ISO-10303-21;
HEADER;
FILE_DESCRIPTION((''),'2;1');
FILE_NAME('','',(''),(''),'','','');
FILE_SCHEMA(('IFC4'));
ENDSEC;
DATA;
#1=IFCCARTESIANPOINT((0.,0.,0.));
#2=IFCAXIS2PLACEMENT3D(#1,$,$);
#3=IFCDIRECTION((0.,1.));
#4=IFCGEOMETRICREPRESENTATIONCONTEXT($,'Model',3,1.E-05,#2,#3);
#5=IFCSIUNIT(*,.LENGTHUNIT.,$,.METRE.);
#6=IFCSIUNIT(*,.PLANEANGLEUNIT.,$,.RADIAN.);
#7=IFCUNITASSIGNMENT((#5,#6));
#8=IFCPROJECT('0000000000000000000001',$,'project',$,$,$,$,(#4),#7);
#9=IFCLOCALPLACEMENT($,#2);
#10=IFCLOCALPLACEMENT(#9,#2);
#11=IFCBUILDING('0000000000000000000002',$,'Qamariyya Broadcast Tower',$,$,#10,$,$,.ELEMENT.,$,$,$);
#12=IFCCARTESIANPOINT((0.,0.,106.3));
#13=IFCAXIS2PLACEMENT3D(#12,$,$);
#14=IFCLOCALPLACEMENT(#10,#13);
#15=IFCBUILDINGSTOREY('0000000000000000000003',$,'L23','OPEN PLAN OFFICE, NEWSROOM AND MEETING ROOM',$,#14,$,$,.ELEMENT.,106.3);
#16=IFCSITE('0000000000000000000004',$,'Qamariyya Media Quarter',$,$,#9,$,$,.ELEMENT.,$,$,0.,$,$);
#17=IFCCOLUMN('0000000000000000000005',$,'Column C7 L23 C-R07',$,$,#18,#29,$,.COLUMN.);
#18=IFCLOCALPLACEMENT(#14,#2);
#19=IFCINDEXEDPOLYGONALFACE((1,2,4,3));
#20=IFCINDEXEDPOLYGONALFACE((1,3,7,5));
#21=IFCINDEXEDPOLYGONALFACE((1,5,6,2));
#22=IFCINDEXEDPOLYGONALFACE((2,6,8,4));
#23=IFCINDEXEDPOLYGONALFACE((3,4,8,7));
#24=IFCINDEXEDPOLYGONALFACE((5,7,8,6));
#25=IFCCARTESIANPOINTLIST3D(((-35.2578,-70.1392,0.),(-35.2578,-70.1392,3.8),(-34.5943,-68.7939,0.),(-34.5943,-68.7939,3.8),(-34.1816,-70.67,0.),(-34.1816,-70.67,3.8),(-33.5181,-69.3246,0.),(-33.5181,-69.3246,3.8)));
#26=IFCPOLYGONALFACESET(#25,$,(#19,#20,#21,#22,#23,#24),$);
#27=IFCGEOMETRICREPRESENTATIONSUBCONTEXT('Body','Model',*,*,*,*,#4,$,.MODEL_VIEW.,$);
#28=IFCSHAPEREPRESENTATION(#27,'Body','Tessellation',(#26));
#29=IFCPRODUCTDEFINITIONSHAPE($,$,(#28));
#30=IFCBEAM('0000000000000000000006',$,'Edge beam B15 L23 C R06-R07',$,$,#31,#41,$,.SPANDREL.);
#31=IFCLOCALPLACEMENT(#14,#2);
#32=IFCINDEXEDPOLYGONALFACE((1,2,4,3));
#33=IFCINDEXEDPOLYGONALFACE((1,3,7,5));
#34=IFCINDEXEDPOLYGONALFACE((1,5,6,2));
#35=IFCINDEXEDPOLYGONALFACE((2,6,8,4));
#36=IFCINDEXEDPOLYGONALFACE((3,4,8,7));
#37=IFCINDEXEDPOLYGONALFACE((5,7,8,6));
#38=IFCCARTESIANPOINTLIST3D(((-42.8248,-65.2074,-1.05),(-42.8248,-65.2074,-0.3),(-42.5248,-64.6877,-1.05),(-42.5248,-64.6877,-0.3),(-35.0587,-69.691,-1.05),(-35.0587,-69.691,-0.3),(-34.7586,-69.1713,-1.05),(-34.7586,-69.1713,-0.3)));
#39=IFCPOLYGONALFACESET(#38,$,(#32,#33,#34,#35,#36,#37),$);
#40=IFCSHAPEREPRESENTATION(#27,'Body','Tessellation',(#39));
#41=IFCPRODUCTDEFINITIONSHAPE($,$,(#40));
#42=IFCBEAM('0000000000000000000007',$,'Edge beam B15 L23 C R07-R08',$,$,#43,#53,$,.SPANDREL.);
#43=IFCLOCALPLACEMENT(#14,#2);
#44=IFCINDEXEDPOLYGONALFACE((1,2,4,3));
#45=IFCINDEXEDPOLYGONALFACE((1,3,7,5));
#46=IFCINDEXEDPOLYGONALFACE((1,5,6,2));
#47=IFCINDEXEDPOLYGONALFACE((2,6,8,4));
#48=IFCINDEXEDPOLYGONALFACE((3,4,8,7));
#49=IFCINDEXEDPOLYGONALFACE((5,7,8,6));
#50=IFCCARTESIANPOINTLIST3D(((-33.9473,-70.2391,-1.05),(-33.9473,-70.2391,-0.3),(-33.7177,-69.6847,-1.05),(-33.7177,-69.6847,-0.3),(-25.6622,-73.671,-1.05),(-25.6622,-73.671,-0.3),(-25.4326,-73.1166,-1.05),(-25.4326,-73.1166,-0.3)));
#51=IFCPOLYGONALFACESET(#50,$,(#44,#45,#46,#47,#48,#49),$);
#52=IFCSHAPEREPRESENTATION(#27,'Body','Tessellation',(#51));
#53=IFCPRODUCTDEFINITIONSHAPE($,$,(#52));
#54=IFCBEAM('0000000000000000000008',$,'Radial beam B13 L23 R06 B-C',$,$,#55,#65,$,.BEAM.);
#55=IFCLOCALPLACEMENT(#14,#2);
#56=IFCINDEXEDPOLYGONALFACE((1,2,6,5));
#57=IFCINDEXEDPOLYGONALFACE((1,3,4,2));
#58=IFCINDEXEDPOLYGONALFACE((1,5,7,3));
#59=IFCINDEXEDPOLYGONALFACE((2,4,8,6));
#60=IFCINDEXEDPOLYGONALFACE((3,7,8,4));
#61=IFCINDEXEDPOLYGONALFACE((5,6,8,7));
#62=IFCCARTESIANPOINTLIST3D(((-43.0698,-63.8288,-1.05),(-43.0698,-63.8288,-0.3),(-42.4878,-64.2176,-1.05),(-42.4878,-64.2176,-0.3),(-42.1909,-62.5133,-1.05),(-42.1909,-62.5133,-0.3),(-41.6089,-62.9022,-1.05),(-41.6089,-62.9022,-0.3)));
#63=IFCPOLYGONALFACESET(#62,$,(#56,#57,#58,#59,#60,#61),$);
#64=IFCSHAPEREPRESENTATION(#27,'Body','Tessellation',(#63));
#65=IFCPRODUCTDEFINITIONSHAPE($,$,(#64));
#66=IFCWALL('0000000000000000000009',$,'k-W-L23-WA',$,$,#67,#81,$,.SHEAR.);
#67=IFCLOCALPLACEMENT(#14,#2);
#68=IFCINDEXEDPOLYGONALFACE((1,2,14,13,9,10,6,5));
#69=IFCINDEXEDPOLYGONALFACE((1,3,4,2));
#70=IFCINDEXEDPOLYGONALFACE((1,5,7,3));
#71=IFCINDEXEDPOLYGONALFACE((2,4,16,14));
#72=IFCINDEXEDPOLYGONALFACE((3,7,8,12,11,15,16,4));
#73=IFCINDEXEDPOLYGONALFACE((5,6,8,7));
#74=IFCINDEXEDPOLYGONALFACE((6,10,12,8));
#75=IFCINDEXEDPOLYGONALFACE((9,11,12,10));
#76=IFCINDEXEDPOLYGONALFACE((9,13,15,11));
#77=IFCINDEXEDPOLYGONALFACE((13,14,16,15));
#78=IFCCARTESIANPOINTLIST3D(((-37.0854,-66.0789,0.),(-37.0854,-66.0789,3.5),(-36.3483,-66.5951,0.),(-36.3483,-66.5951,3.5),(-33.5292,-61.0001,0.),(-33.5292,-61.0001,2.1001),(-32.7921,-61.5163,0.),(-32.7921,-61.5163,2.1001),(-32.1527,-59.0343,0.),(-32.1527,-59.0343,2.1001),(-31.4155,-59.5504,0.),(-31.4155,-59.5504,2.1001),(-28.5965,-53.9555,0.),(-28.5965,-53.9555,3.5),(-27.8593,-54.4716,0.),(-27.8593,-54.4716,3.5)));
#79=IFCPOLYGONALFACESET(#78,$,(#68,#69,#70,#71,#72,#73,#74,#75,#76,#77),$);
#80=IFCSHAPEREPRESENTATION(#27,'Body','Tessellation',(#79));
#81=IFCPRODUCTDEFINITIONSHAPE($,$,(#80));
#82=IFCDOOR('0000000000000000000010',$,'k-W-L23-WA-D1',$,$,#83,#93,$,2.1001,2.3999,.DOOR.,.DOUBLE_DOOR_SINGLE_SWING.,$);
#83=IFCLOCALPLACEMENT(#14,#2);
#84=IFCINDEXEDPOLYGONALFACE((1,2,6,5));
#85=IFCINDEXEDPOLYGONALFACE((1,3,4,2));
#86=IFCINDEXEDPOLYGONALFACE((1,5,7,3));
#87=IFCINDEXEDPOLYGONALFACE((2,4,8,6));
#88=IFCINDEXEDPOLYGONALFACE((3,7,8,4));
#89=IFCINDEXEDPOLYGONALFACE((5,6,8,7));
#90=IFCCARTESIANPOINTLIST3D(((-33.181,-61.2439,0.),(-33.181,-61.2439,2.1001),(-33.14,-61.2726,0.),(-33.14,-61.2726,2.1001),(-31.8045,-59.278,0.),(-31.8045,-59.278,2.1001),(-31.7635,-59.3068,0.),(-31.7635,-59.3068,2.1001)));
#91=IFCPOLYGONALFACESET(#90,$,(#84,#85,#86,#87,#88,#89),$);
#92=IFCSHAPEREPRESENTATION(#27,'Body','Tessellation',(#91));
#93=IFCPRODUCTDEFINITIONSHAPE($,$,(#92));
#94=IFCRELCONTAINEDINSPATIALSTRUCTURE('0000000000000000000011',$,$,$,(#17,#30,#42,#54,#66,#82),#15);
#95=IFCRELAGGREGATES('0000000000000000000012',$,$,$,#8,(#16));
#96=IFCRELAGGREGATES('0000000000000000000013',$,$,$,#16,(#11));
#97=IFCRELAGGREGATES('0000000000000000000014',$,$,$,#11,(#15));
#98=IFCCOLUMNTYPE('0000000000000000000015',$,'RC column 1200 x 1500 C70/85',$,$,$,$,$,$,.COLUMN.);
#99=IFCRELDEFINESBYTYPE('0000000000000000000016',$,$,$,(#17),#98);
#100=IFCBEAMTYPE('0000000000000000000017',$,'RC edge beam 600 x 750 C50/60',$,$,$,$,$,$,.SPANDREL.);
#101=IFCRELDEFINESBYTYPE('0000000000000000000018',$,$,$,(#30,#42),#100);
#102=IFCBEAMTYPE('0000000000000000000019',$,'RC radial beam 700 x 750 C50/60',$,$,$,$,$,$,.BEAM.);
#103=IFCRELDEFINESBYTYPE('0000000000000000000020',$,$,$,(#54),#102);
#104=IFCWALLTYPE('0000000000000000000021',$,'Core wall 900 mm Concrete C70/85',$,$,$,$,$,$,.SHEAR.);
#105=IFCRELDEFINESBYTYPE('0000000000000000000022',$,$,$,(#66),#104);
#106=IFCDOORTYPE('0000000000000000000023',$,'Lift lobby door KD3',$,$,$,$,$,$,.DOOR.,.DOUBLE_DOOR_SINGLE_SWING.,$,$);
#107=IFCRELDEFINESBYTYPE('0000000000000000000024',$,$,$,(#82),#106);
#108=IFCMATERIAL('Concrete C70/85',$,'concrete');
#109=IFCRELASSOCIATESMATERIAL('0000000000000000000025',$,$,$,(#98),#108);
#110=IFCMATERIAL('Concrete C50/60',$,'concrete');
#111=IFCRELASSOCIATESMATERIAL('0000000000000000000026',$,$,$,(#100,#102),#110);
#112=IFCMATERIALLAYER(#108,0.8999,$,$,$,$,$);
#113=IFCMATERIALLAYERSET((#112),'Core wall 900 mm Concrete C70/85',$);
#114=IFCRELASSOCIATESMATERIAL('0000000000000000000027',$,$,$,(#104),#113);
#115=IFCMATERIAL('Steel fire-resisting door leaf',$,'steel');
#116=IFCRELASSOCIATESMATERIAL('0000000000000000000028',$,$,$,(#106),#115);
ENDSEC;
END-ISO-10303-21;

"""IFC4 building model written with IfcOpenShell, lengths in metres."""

from ifc_helpers import new_model, si_unit, direction, frame, frame_2d, origin, origin_2d, place, context, subcontext, project, spatial, rectangle, extrude, material, layer, layer_set, material_profile, profile_set, type_object, element, fill, save


model = new_model("IFC4")

# Units and contexts
model_context = context("Model", 3, precision=1e-05, world=origin(), true_north=direction((0.0, 1.0)))
body_context = subcontext(model_context, "Body", "Model", "MODEL_VIEW")
ifc_project = project(units=[si_unit("LENGTHUNIT", "METRE"), si_unit("PLANEANGLEUNIT", "RADIAN")], contexts=[model_context])

# Site, building, storey
site_placement = place(None, origin())
site = spatial("IfcSite", under=ifc_project, at=site_placement, Name="Qamariyya Media Quarter", CompositionType="ELEMENT", RefElevation=0.0)
building_placement = place(site_placement, origin())
building = spatial("IfcBuilding", under=site, at=building_placement, Name="Qamariyya Broadcast Tower", CompositionType="ELEMENT")
storey_placement = place(building_placement, frame((0.0, 0.0, 106.3)))
storey = spatial("IfcBuildingStorey", under=building, at=storey_placement, Name="L23", Description="OPEN PLAN OFFICE, NEWSROOM AND MEETING ROOM", CompositionType="ELEMENT", Elevation=106.3)

# Column
ifc_material_1 = material(Name="Concrete C70/85", Category="concrete")
ifc_material_profile_1 = material_profile(ifc_material_1, rectangle(XDim=1.2, YDim=1.5, at=origin_2d()))
ifc_profile_set_1 = profile_set([ifc_material_profile_1], Name="Concrete C70/85")
column_type = type_object("IfcColumnType", Name="RC column 1200 x 1500 C70/85", PredefinedType="COLUMN", material=ifc_profile_set_1)
column_placement = place(storey_placement, frame((-34.3879, -69.7319, 0.0), z_axis=(0.0, 0.0, 1.0), x_axis=(0.896873, -0.442289, 0.0)))
element("IfcColumn", 1, at=column_placement, inside=storey, type_object=column_type, Name="Column C7 L23 C-R07", PredefinedType="COLUMN", context=body_context, shape_type="SweptSolid", body=[
    extrude(rectangle(XDim=1.2, YDim=1.5, at=origin_2d()), origin(), (0.0, 0.0, 1.0), 3.8),
])

# Beams
ifc_material_2 = material(Name="Concrete C50/60", Category="concrete")
ifc_material_profile_2 = material_profile(ifc_material_2, rectangle(XDim=0.6001, YDim=0.75, at=origin_2d()))
ifc_profile_set_2 = profile_set([ifc_material_profile_2], Name="Concrete C50/60")
beam_type_1 = type_object("IfcBeamType", Name="RC edge beam 600 x 750 C50/60", PredefinedType="SPANDREL", material=ifc_profile_set_2)
beam_1_placement = place(storey_placement, frame((-42.6748, -64.9475, -0.675), z_axis=(0.866031, -0.49999, 0.0), x_axis=(0.49999, 0.866031, 0.0)))
element("IfcBeam", 2, at=beam_1_placement, inside=storey, type_object=beam_type_1, Name="Edge beam B15 L23 C R06-R07", PredefinedType="SPANDREL", context=body_context, shape_type="SweptSolid", body=[
    extrude(rectangle(XDim=0.6001, YDim=0.75, at=origin_2d()), origin(), (0.0, 0.0, 1.0), 8.9675),
])
beam_2_placement = place(storey_placement, frame((-33.8325, -69.9619, -0.675), z_axis=(0.923877, -0.382689, 0.0), x_axis=(0.382689, 0.923877, 0.0)))
element("IfcBeam", 3, at=beam_2_placement, inside=storey, type_object=beam_type_1, Name="Edge beam B15 L23 C R07-R08", PredefinedType="SPANDREL", context=body_context, shape_type="SweptSolid", body=[
    extrude(rectangle(XDim=0.6001, YDim=0.75, at=origin_2d()), origin(), (0.0, 0.0, 1.0), 8.9678),
])
ifc_material_profile_3 = material_profile(ifc_material_2, rectangle(XDim=0.7, YDim=0.75, at=origin_2d()))
ifc_profile_set_3 = profile_set([ifc_material_profile_3], Name="Concrete C50/60")
beam_type_2 = type_object("IfcBeamType", Name="RC radial beam 700 x 750 C50/60", PredefinedType="BEAM", material=ifc_profile_set_3)
beam_3_placement = place(storey_placement, frame((-41.8999, -62.7078, -0.675), z_axis=(-0.555555, -0.83148, 0.0), x_axis=(0.83148, -0.555555, 0.0)))
element("IfcBeam", 4, at=beam_3_placement, inside=storey, type_object=beam_type_2, Name="Radial beam B13 L23 R06 B-C", PredefinedType="BEAM", context=body_context, shape_type="SweptSolid", body=[
    extrude(rectangle(XDim=0.7, YDim=0.75, at=origin_2d()), origin(), (0.0, 0.0, 1.0), 1.582),
])

# Wall, opening, door
ifc_layer_1 = layer(ifc_material_1, 0.8999)
ifc_layer_set_1 = layer_set([ifc_layer_1], Name="Core wall 900 mm Concrete C70/85")
wall_type_1 = type_object("IfcWallType", Name="Core wall 900 mm Concrete C70/85", PredefinedType="SHEAR", material=ifc_layer_set_1)
wall_1_placement = place(storey_placement, frame((-36.7168, -66.3369, 0.0), z_axis=(0.0, 0.0, 1.0), x_axis=(0.573577, 0.819151, 0.0)))
wall_1 = element("IfcWall", 5, at=wall_1_placement, inside=storey, type_object=wall_type_1, Name="k-W-L23-WA", PredefinedType="SHEAR", context=body_context, shape_type="SweptSolid", body=[
    extrude(rectangle(XDim=14.8, YDim=0.8999, at=frame_2d((7.3999, 0.0))), origin(), (0.0, 0.0, 1.0), 3.5),
])
opening_1_placement = place(wall_1_placement, frame((6.2, 0.0, 0.0)))
opening_1 = element("IfcOpeningElement", 6, at=opening_1_placement, cuts=wall_1, PredefinedType="OPENING", context=body_context, shape_type="SweptSolid", body=[
    extrude(rectangle(XDim=2.3999, YDim=2.1001, at=frame_2d((1.2, 1.05))), frame((0.0, 0.46, 0.0), z_axis=(0.0, -1.0, 0.0), x_axis=(1.0, 0.0, 0.0)), (0.0, 0.0, 1.0), 0.9199),
])
ifc_material_3 = material(Name="Steel fire-resisting door leaf", Category="steel")
door_type_1 = type_object("IfcDoorType", Name="Lift lobby door KD3", OperationType="DOUBLE_DOOR_SINGLE_SWING", PredefinedType="DOOR", material=ifc_material_3)
door_1_placement = place(opening_1_placement, origin())
door_1 = element("IfcDoor", 7, at=door_1_placement, inside=storey, type_object=door_type_1, Name="k-W-L23-WA-D1", OperationType="DOUBLE_DOOR_SINGLE_SWING", OverallHeight=2.1001, OverallWidth=2.3999, PredefinedType="DOOR", context=body_context, shape_type="SweptSolid", body=[
    extrude(rectangle(XDim=2.3999, YDim=2.1001, at=frame_2d((1.2, 1.05))), frame((0.0, 0.0249, 0.0), z_axis=(0.0, -1.0, 0.0), x_axis=(1.0, 0.0, 0.0)), (0.0, 0.0, 1.0), 0.05),
])
fill(opening_1, door_1)

save(model, "model.ifc")
